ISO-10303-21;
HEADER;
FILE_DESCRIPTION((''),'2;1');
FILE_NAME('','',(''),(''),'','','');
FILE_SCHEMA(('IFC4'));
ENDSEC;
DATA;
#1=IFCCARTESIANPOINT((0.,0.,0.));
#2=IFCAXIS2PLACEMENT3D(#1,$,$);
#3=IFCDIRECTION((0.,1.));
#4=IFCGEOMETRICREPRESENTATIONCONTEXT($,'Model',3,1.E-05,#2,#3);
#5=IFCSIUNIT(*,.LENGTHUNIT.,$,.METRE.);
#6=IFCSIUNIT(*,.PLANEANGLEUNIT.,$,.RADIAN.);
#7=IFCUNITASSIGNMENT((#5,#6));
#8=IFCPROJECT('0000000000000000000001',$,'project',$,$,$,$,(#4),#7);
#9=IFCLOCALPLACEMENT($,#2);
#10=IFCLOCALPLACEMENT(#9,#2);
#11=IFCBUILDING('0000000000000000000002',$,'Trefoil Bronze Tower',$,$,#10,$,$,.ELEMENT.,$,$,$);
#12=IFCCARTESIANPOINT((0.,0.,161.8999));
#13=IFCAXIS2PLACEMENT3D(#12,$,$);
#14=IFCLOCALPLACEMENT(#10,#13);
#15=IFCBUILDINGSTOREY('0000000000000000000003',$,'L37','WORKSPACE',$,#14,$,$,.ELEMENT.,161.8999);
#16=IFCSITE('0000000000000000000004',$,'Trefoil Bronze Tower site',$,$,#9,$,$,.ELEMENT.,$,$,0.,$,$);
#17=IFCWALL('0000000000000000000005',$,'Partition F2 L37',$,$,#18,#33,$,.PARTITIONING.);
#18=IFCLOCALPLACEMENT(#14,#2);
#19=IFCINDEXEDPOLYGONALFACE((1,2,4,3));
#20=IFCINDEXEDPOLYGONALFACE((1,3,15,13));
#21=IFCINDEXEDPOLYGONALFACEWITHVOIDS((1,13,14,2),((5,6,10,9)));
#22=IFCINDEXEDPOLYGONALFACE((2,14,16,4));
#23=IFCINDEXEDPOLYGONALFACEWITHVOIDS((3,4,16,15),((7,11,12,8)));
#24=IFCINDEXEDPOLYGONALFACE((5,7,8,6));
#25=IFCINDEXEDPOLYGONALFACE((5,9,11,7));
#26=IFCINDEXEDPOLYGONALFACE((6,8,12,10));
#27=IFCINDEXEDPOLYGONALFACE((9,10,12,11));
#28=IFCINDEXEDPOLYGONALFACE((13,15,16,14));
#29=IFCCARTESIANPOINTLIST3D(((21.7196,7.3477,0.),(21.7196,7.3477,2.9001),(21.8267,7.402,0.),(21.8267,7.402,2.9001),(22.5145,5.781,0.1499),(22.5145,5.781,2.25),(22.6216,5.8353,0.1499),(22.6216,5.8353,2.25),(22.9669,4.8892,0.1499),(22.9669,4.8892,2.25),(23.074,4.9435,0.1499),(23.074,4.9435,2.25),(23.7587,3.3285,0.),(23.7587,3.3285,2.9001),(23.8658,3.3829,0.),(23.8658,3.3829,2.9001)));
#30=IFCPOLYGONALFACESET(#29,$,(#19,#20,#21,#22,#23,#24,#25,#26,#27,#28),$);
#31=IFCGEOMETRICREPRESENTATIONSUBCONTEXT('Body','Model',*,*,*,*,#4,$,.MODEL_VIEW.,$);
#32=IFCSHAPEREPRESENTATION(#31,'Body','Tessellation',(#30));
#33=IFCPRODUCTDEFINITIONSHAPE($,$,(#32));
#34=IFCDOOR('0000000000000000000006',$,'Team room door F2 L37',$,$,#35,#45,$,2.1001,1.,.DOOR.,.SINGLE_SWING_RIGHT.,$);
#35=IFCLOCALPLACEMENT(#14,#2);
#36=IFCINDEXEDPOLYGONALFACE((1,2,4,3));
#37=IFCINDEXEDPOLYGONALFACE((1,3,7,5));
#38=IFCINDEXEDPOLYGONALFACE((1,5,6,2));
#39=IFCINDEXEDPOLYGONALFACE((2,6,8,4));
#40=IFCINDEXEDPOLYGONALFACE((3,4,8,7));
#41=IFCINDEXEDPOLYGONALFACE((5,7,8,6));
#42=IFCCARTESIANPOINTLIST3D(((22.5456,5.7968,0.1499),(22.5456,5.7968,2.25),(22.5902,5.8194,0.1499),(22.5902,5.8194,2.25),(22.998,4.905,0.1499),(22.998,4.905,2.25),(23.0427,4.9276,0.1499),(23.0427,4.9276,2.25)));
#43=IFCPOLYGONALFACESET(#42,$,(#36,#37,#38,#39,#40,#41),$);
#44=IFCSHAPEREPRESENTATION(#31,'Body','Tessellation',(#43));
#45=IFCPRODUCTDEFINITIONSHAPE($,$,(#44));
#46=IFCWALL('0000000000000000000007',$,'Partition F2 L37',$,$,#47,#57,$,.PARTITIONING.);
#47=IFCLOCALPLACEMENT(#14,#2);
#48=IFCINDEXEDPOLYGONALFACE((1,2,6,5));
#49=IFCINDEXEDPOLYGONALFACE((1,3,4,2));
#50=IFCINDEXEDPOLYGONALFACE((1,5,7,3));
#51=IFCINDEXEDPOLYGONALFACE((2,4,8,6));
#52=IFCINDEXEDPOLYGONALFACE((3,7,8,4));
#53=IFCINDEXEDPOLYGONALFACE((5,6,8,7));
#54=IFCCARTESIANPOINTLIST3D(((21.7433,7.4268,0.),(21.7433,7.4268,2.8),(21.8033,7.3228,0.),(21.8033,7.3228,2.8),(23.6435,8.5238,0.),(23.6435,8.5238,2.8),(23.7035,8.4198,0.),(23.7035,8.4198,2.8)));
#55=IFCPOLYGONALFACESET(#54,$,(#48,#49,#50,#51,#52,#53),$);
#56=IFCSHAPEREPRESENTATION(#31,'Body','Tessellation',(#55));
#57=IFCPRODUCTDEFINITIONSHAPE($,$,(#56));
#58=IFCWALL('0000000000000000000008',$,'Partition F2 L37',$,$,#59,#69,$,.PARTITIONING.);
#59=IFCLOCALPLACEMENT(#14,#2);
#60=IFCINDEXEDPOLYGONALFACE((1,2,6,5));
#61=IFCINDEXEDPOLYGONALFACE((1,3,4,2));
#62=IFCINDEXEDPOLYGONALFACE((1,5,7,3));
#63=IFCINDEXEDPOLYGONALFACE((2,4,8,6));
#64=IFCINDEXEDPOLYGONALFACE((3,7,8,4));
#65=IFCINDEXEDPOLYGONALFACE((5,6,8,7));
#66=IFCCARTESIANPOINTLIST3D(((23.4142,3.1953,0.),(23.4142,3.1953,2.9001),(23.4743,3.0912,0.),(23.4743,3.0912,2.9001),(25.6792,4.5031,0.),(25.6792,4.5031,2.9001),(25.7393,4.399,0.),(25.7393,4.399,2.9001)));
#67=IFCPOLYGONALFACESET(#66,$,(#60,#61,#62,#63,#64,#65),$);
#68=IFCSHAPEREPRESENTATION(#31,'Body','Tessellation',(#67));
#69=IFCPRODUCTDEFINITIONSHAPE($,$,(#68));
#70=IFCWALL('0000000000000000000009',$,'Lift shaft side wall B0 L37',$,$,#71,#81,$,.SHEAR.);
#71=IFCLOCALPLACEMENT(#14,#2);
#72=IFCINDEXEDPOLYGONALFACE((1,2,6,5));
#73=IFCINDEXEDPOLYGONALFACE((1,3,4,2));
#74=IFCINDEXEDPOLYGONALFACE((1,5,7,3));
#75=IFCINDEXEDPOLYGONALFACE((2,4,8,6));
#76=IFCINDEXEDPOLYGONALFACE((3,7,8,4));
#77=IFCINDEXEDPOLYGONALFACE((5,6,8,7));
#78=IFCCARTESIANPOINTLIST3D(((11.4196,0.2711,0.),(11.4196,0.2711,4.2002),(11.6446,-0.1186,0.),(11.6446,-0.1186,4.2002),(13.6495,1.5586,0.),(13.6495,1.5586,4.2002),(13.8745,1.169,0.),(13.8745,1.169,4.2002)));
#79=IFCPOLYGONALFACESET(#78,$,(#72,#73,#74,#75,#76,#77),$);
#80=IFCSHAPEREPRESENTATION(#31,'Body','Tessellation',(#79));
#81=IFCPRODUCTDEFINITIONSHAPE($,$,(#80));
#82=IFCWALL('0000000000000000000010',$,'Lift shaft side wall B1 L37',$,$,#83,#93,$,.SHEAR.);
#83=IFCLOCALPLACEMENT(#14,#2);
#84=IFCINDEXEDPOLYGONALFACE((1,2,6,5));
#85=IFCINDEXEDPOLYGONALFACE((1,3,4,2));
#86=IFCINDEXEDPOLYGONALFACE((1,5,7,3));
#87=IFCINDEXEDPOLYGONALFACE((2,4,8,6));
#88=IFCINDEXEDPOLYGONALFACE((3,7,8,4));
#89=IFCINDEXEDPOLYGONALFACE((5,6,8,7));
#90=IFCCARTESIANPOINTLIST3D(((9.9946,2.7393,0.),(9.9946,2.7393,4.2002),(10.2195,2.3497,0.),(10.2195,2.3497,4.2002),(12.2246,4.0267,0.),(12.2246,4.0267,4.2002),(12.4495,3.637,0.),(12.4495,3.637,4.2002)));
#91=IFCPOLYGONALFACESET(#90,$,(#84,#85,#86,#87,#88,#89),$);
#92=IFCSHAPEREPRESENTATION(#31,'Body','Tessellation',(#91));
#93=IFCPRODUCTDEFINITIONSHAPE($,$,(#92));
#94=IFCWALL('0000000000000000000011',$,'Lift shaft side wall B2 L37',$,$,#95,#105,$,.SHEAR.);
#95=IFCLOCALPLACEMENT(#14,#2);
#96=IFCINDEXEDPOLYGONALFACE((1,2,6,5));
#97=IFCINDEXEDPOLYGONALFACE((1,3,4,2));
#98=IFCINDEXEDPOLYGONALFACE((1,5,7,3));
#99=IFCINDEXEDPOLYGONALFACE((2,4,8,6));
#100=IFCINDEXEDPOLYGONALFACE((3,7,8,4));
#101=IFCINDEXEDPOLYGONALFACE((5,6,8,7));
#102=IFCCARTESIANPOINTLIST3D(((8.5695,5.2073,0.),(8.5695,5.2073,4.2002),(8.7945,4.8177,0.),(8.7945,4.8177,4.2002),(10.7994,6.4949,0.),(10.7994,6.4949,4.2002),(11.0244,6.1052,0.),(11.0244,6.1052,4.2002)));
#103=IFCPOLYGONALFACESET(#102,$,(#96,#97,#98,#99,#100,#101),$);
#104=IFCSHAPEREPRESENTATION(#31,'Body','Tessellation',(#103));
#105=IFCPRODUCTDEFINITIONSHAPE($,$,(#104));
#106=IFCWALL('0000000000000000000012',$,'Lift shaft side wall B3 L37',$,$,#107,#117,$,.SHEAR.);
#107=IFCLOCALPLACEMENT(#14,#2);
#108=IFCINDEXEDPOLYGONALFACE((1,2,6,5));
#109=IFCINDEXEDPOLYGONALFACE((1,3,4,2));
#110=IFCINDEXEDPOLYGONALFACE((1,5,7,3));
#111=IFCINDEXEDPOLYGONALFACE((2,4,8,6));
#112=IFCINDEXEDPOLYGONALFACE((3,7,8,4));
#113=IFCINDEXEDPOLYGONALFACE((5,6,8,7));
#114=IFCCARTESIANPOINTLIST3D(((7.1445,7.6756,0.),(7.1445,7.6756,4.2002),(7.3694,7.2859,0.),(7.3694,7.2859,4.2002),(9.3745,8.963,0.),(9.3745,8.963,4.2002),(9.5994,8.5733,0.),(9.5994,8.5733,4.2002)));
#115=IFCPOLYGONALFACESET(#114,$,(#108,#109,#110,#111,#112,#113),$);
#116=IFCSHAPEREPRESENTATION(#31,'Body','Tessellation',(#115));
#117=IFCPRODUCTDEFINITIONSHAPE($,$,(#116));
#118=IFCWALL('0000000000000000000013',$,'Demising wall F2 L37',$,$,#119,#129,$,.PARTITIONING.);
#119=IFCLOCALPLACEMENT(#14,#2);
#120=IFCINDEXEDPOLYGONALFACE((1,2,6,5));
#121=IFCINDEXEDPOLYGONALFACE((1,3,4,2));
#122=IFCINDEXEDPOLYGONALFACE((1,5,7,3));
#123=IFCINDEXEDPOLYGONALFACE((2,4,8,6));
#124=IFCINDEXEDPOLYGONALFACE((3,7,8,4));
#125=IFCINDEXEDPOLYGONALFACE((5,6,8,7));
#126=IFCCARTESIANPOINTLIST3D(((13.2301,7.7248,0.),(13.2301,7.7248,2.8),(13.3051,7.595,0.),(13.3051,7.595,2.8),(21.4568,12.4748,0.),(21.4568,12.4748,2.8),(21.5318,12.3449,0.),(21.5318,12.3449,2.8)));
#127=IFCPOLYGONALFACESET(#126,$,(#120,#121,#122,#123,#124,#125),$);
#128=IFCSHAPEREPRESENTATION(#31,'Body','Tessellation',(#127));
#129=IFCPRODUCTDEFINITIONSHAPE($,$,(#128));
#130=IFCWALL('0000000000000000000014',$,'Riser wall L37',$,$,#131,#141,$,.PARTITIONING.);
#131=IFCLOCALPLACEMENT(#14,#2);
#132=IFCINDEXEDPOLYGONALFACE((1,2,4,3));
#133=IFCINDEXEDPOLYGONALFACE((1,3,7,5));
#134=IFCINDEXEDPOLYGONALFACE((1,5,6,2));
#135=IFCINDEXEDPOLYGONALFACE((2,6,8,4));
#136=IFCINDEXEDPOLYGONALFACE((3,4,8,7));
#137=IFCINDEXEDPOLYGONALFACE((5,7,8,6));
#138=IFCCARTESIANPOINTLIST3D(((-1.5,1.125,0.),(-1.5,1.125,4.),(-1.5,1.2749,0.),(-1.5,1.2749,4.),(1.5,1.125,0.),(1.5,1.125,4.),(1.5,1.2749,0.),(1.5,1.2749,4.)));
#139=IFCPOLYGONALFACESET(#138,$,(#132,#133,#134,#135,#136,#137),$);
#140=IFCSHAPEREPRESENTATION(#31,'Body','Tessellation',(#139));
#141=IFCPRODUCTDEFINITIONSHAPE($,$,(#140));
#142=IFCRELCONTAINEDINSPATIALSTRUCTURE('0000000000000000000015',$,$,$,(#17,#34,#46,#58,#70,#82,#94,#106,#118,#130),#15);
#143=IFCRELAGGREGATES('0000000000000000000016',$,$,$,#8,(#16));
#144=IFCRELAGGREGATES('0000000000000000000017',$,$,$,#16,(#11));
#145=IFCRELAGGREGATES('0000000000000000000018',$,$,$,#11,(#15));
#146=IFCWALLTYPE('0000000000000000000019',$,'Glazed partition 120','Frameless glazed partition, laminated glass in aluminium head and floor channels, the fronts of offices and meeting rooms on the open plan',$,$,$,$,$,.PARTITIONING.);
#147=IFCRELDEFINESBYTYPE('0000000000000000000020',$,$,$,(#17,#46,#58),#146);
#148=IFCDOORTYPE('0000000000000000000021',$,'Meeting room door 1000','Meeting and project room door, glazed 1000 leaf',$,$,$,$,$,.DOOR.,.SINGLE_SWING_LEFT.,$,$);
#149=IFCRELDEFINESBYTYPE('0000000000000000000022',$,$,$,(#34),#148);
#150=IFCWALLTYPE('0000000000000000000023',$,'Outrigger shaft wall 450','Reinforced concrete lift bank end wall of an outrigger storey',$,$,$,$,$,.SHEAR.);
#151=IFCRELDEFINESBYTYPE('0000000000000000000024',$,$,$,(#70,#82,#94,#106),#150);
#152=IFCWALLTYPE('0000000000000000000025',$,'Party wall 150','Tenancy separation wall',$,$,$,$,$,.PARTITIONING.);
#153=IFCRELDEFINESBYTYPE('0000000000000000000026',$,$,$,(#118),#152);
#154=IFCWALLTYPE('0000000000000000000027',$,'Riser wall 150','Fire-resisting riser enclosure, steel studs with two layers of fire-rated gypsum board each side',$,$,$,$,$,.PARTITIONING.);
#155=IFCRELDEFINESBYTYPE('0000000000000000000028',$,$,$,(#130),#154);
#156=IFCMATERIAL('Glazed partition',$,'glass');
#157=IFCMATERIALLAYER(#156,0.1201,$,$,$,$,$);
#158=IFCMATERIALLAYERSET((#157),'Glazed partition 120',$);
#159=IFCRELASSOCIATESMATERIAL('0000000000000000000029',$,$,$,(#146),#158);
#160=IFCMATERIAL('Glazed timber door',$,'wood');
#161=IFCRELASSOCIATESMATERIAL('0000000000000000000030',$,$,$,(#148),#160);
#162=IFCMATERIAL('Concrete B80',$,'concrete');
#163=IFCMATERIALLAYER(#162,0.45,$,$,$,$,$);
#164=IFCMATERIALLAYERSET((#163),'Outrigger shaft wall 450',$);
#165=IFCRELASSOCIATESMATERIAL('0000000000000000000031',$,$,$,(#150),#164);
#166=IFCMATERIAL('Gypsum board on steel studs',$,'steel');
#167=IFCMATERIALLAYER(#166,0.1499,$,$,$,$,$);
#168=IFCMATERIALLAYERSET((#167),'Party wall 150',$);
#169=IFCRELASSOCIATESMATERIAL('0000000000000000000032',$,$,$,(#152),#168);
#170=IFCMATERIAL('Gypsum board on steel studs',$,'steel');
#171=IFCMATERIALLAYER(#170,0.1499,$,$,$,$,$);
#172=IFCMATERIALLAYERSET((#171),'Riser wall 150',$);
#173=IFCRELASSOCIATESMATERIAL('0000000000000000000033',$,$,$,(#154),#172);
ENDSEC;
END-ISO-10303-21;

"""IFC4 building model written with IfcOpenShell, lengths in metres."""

from ifc_helpers import new_model, si_unit, direction, frame, frame_2d, origin, place, context, subcontext, project, spatial, rectangle, extrude, material, layer, layer_set, type_object, element, fill, save


model = new_model("IFC4")

# Units and contexts
model_context = context("Model", 3, precision=1e-05, world=origin(), true_north=direction((0.0, 1.0)))
body_context = subcontext(model_context, "Body", "Model", "MODEL_VIEW")
ifc_project = project(units=[si_unit("LENGTHUNIT", "METRE"), si_unit("PLANEANGLEUNIT", "RADIAN")], contexts=[model_context])

# Site, building, storey
site_placement = place(None, origin())
site = spatial("IfcSite", under=ifc_project, at=site_placement, Name="Trefoil Bronze Tower site", CompositionType="ELEMENT", RefElevation=0.0)
building_placement = place(site_placement, origin())
building = spatial("IfcBuilding", under=site, at=building_placement, Name="Trefoil Bronze Tower", CompositionType="ELEMENT")
storey_placement = place(building_placement, frame((0.0, 0.0, 161.8999)))
storey = spatial("IfcBuildingStorey", under=building, at=storey_placement, Name="L37", Description="WORKSPACE", CompositionType="ELEMENT", Elevation=161.8999)

# Wall, opening, door
ifc_material_1 = material(Name="Glazed partition", Category="glass")
ifc_layer_1 = layer(ifc_material_1, 0.1201)
ifc_layer_set_1 = layer_set([ifc_layer_1], Name="Glazed partition 120")
wall_type_1 = type_object("IfcWallType", Name="Glazed partition 120", Description="Frameless glazed partition, laminated glass in aluminium head and floor channels, the fronts of offices and meeting rooms on the open plan", PredefinedType="PARTITIONING", material=ifc_layer_set_1)
ifc_material_2 = material(Name="Glazed timber door", Category="wood")
door_type_1 = type_object("IfcDoorType", Name="Meeting room door 1000", Description="Meeting and project room door, glazed 1000 leaf", OperationType="SINGLE_SWING_LEFT", PredefinedType="DOOR", material=ifc_material_2)
wall_1_placement = place(storey_placement, frame((23.8123, 3.3557, 0.0), z_axis=(0.0, 0.0, 1.0), x_axis=(-0.45245, 0.89179, 0.0)))
wall_1 = element("IfcWall", 1, at=wall_1_placement, inside=storey, type_object=wall_type_1, Name="Partition F2 L37", PredefinedType="PARTITIONING", context=body_context, shape_type="SweptSolid", body=[
    extrude(rectangle(XDim=4.5068, YDim=0.1201, at=frame_2d((2.2534, 0.0))), origin(), (0.0, 0.0, 1.0), 2.9001),
])
opening_1_placement = place(wall_1_placement, frame((1.75, 0.0, 0.1499)))
opening_1 = element("IfcOpeningElement", 2, at=opening_1_placement, cuts=wall_1, PredefinedType="OPENING", context=body_context, shape_type="SweptSolid", body=[
    extrude(rectangle(XDim=1.0, YDim=2.1001, at=frame_2d((0.5, 1.05))), frame((0.0, 0.0701, 0.0), z_axis=(0.0, -1.0, 0.0), x_axis=(1.0, 0.0, 0.0)), (0.0, 0.0, 1.0), 0.1401),
])
door_1_placement = place(opening_1_placement, frame((1.0, 0.0, 0.0), z_axis=(0.0, 0.0, 1.0), x_axis=(-1.0, 0.0, 0.0)))
door_1 = element("IfcDoor", 3, at=door_1_placement, inside=storey, type_object=door_type_1, Name="Team room door F2 L37", OperationType="SINGLE_SWING_RIGHT", OverallHeight=2.1001, OverallWidth=1.0, PredefinedType="DOOR", context=body_context, shape_type="SweptSolid", body=[
    extrude(rectangle(XDim=1.0, YDim=2.1001, at=frame_2d((0.5, 1.05))), frame((0.0, 0.0249, 0.0), z_axis=(0.0, -1.0, 0.0), x_axis=(1.0, 0.0, 0.0)), (0.0, 0.0, 1.0), 0.05),
])
fill(opening_1, door_1)

# Walls
wall_2_placement = place(storey_placement, frame((21.7732, 7.3748, 0.0), z_axis=(0.0, 0.0, 1.0), x_axis=(0.86605, 0.499957, 0.0)))
element("IfcWall", 4, at=wall_2_placement, inside=storey, type_object=wall_type_1, Name="Partition F2 L37", PredefinedType="PARTITIONING", context=body_context, shape_type="SweptSolid", body=[
    extrude(rectangle(XDim=2.1941, YDim=0.1201, at=frame_2d((1.0972, 0.0))), origin(), (0.0, 0.0, 1.0), 2.8),
])
wall_3_placement = place(storey_placement, frame((23.4443, 3.1433, 0.0), z_axis=(0.0, 0.0, 1.0), x_axis=(0.866011, 0.500024, 0.0)))
element("IfcWall", 5, at=wall_3_placement, inside=storey, type_object=wall_type_1, Name="Partition F2 L37", PredefinedType="PARTITIONING", context=body_context, shape_type="SweptSolid", body=[
    extrude(rectangle(XDim=2.6155, YDim=0.1201, at=frame_2d((1.3076, 0.0))), origin(), (0.0, 0.0, 1.0), 2.9001),
])
ifc_material_3 = material(Name="Concrete B80", Category="concrete")
ifc_layer_2 = layer(ifc_material_3, 0.45)
ifc_layer_set_2 = layer_set([ifc_layer_2], Name="Outrigger shaft wall 450")
wall_type_2 = type_object("IfcWallType", Name="Outrigger shaft wall 450", Description="Reinforced concrete lift bank end wall of an outrigger storey", PredefinedType="SHEAR", material=ifc_layer_set_2)
for number, where, z_axis, x_axis, name in (
    (6, (11.532, 0.0762, 0.0), (0.0, 0.0, 1.0), (0.866006, 0.500034, 0.0), "Lift shaft side wall B0 L37"),
    (7, (10.1069, 2.5444, 0.0), (0.0, 0.0, 1.0), (0.866047, 0.499963, 0.0), "Lift shaft side wall B1 L37"),
    (8, (8.6819, 5.0125, 0.0), (0.0, 0.0, 1.0), (0.866006, 0.500034, 0.0), "Lift shaft side wall B2 L37"),
    (9, (7.2568, 7.4807, 0.0), (0.0, 0.0, 1.0), (0.866047, 0.499963, 0.0), "Lift shaft side wall B3 L37"),
):
    element("IfcWall", number, at=place(storey_placement, frame(where, z_axis=z_axis, x_axis=x_axis)), inside=storey, type_object=wall_type_2, Name=name, PredefinedType="SHEAR", context=body_context, shape_type="SweptSolid", body=[
        extrude(rectangle(XDim=2.575, YDim=0.45, at=frame_2d((1.2876, 0.0))), origin(), (0.0, 0.0, 1.0), 4.2002),
    ])
ifc_material_4 = material(Name="Gypsum board on steel studs", Category="steel")
ifc_layer_3 = layer(ifc_material_4, 0.1499)
ifc_layer_set_3 = layer_set([ifc_layer_3], Name="Party wall 150")
wall_type_3 = type_object("IfcWallType", Name="Party wall 150", Description="Tenancy separation wall", PredefinedType="PARTITIONING", material=ifc_layer_set_3)
wall_4_placement = place(storey_placement, frame((13.2676, 7.6599, 0.0), z_axis=(0.0, 0.0, 1.0), x_axis=(0.866014, 0.50002, 0.0)))
element("IfcWall", 10, at=wall_4_placement, inside=storey, type_object=wall_type_3, Name="Demising wall F2 L37", PredefinedType="PARTITIONING", context=body_context, shape_type="SweptSolid", body=[
    extrude(rectangle(XDim=9.4995, YDim=0.1499, at=frame_2d((4.7498, 0.0))), origin(), (0.0, 0.0, 1.0), 2.8),
])
ifc_material_5 = material(Name="Gypsum board on steel studs", Category="steel")
ifc_layer_4 = layer(ifc_material_5, 0.1499)
ifc_layer_set_4 = layer_set([ifc_layer_4], Name="Riser wall 150")
wall_type_4 = type_object("IfcWallType", Name="Riser wall 150", Description="Fire-resisting riser enclosure, steel studs with two layers of fire-rated gypsum board each side", PredefinedType="PARTITIONING", material=ifc_layer_set_4)
wall_5_placement = place(storey_placement, frame((1.5, 1.2, 0.0), z_axis=(0.0, 0.0, 1.0), x_axis=(-1.0, 0.0, 0.0)))
element("IfcWall", 11, at=wall_5_placement, inside=storey, type_object=wall_type_4, Name="Riser wall L37", PredefinedType="PARTITIONING", context=body_context, shape_type="SweptSolid", body=[
    extrude(rectangle(XDim=3.0, YDim=0.1499, at=frame_2d((1.5, 0.0))), origin(), (0.0, 0.0, 1.0), 4.0),
])

save(model, "model.ifc")
